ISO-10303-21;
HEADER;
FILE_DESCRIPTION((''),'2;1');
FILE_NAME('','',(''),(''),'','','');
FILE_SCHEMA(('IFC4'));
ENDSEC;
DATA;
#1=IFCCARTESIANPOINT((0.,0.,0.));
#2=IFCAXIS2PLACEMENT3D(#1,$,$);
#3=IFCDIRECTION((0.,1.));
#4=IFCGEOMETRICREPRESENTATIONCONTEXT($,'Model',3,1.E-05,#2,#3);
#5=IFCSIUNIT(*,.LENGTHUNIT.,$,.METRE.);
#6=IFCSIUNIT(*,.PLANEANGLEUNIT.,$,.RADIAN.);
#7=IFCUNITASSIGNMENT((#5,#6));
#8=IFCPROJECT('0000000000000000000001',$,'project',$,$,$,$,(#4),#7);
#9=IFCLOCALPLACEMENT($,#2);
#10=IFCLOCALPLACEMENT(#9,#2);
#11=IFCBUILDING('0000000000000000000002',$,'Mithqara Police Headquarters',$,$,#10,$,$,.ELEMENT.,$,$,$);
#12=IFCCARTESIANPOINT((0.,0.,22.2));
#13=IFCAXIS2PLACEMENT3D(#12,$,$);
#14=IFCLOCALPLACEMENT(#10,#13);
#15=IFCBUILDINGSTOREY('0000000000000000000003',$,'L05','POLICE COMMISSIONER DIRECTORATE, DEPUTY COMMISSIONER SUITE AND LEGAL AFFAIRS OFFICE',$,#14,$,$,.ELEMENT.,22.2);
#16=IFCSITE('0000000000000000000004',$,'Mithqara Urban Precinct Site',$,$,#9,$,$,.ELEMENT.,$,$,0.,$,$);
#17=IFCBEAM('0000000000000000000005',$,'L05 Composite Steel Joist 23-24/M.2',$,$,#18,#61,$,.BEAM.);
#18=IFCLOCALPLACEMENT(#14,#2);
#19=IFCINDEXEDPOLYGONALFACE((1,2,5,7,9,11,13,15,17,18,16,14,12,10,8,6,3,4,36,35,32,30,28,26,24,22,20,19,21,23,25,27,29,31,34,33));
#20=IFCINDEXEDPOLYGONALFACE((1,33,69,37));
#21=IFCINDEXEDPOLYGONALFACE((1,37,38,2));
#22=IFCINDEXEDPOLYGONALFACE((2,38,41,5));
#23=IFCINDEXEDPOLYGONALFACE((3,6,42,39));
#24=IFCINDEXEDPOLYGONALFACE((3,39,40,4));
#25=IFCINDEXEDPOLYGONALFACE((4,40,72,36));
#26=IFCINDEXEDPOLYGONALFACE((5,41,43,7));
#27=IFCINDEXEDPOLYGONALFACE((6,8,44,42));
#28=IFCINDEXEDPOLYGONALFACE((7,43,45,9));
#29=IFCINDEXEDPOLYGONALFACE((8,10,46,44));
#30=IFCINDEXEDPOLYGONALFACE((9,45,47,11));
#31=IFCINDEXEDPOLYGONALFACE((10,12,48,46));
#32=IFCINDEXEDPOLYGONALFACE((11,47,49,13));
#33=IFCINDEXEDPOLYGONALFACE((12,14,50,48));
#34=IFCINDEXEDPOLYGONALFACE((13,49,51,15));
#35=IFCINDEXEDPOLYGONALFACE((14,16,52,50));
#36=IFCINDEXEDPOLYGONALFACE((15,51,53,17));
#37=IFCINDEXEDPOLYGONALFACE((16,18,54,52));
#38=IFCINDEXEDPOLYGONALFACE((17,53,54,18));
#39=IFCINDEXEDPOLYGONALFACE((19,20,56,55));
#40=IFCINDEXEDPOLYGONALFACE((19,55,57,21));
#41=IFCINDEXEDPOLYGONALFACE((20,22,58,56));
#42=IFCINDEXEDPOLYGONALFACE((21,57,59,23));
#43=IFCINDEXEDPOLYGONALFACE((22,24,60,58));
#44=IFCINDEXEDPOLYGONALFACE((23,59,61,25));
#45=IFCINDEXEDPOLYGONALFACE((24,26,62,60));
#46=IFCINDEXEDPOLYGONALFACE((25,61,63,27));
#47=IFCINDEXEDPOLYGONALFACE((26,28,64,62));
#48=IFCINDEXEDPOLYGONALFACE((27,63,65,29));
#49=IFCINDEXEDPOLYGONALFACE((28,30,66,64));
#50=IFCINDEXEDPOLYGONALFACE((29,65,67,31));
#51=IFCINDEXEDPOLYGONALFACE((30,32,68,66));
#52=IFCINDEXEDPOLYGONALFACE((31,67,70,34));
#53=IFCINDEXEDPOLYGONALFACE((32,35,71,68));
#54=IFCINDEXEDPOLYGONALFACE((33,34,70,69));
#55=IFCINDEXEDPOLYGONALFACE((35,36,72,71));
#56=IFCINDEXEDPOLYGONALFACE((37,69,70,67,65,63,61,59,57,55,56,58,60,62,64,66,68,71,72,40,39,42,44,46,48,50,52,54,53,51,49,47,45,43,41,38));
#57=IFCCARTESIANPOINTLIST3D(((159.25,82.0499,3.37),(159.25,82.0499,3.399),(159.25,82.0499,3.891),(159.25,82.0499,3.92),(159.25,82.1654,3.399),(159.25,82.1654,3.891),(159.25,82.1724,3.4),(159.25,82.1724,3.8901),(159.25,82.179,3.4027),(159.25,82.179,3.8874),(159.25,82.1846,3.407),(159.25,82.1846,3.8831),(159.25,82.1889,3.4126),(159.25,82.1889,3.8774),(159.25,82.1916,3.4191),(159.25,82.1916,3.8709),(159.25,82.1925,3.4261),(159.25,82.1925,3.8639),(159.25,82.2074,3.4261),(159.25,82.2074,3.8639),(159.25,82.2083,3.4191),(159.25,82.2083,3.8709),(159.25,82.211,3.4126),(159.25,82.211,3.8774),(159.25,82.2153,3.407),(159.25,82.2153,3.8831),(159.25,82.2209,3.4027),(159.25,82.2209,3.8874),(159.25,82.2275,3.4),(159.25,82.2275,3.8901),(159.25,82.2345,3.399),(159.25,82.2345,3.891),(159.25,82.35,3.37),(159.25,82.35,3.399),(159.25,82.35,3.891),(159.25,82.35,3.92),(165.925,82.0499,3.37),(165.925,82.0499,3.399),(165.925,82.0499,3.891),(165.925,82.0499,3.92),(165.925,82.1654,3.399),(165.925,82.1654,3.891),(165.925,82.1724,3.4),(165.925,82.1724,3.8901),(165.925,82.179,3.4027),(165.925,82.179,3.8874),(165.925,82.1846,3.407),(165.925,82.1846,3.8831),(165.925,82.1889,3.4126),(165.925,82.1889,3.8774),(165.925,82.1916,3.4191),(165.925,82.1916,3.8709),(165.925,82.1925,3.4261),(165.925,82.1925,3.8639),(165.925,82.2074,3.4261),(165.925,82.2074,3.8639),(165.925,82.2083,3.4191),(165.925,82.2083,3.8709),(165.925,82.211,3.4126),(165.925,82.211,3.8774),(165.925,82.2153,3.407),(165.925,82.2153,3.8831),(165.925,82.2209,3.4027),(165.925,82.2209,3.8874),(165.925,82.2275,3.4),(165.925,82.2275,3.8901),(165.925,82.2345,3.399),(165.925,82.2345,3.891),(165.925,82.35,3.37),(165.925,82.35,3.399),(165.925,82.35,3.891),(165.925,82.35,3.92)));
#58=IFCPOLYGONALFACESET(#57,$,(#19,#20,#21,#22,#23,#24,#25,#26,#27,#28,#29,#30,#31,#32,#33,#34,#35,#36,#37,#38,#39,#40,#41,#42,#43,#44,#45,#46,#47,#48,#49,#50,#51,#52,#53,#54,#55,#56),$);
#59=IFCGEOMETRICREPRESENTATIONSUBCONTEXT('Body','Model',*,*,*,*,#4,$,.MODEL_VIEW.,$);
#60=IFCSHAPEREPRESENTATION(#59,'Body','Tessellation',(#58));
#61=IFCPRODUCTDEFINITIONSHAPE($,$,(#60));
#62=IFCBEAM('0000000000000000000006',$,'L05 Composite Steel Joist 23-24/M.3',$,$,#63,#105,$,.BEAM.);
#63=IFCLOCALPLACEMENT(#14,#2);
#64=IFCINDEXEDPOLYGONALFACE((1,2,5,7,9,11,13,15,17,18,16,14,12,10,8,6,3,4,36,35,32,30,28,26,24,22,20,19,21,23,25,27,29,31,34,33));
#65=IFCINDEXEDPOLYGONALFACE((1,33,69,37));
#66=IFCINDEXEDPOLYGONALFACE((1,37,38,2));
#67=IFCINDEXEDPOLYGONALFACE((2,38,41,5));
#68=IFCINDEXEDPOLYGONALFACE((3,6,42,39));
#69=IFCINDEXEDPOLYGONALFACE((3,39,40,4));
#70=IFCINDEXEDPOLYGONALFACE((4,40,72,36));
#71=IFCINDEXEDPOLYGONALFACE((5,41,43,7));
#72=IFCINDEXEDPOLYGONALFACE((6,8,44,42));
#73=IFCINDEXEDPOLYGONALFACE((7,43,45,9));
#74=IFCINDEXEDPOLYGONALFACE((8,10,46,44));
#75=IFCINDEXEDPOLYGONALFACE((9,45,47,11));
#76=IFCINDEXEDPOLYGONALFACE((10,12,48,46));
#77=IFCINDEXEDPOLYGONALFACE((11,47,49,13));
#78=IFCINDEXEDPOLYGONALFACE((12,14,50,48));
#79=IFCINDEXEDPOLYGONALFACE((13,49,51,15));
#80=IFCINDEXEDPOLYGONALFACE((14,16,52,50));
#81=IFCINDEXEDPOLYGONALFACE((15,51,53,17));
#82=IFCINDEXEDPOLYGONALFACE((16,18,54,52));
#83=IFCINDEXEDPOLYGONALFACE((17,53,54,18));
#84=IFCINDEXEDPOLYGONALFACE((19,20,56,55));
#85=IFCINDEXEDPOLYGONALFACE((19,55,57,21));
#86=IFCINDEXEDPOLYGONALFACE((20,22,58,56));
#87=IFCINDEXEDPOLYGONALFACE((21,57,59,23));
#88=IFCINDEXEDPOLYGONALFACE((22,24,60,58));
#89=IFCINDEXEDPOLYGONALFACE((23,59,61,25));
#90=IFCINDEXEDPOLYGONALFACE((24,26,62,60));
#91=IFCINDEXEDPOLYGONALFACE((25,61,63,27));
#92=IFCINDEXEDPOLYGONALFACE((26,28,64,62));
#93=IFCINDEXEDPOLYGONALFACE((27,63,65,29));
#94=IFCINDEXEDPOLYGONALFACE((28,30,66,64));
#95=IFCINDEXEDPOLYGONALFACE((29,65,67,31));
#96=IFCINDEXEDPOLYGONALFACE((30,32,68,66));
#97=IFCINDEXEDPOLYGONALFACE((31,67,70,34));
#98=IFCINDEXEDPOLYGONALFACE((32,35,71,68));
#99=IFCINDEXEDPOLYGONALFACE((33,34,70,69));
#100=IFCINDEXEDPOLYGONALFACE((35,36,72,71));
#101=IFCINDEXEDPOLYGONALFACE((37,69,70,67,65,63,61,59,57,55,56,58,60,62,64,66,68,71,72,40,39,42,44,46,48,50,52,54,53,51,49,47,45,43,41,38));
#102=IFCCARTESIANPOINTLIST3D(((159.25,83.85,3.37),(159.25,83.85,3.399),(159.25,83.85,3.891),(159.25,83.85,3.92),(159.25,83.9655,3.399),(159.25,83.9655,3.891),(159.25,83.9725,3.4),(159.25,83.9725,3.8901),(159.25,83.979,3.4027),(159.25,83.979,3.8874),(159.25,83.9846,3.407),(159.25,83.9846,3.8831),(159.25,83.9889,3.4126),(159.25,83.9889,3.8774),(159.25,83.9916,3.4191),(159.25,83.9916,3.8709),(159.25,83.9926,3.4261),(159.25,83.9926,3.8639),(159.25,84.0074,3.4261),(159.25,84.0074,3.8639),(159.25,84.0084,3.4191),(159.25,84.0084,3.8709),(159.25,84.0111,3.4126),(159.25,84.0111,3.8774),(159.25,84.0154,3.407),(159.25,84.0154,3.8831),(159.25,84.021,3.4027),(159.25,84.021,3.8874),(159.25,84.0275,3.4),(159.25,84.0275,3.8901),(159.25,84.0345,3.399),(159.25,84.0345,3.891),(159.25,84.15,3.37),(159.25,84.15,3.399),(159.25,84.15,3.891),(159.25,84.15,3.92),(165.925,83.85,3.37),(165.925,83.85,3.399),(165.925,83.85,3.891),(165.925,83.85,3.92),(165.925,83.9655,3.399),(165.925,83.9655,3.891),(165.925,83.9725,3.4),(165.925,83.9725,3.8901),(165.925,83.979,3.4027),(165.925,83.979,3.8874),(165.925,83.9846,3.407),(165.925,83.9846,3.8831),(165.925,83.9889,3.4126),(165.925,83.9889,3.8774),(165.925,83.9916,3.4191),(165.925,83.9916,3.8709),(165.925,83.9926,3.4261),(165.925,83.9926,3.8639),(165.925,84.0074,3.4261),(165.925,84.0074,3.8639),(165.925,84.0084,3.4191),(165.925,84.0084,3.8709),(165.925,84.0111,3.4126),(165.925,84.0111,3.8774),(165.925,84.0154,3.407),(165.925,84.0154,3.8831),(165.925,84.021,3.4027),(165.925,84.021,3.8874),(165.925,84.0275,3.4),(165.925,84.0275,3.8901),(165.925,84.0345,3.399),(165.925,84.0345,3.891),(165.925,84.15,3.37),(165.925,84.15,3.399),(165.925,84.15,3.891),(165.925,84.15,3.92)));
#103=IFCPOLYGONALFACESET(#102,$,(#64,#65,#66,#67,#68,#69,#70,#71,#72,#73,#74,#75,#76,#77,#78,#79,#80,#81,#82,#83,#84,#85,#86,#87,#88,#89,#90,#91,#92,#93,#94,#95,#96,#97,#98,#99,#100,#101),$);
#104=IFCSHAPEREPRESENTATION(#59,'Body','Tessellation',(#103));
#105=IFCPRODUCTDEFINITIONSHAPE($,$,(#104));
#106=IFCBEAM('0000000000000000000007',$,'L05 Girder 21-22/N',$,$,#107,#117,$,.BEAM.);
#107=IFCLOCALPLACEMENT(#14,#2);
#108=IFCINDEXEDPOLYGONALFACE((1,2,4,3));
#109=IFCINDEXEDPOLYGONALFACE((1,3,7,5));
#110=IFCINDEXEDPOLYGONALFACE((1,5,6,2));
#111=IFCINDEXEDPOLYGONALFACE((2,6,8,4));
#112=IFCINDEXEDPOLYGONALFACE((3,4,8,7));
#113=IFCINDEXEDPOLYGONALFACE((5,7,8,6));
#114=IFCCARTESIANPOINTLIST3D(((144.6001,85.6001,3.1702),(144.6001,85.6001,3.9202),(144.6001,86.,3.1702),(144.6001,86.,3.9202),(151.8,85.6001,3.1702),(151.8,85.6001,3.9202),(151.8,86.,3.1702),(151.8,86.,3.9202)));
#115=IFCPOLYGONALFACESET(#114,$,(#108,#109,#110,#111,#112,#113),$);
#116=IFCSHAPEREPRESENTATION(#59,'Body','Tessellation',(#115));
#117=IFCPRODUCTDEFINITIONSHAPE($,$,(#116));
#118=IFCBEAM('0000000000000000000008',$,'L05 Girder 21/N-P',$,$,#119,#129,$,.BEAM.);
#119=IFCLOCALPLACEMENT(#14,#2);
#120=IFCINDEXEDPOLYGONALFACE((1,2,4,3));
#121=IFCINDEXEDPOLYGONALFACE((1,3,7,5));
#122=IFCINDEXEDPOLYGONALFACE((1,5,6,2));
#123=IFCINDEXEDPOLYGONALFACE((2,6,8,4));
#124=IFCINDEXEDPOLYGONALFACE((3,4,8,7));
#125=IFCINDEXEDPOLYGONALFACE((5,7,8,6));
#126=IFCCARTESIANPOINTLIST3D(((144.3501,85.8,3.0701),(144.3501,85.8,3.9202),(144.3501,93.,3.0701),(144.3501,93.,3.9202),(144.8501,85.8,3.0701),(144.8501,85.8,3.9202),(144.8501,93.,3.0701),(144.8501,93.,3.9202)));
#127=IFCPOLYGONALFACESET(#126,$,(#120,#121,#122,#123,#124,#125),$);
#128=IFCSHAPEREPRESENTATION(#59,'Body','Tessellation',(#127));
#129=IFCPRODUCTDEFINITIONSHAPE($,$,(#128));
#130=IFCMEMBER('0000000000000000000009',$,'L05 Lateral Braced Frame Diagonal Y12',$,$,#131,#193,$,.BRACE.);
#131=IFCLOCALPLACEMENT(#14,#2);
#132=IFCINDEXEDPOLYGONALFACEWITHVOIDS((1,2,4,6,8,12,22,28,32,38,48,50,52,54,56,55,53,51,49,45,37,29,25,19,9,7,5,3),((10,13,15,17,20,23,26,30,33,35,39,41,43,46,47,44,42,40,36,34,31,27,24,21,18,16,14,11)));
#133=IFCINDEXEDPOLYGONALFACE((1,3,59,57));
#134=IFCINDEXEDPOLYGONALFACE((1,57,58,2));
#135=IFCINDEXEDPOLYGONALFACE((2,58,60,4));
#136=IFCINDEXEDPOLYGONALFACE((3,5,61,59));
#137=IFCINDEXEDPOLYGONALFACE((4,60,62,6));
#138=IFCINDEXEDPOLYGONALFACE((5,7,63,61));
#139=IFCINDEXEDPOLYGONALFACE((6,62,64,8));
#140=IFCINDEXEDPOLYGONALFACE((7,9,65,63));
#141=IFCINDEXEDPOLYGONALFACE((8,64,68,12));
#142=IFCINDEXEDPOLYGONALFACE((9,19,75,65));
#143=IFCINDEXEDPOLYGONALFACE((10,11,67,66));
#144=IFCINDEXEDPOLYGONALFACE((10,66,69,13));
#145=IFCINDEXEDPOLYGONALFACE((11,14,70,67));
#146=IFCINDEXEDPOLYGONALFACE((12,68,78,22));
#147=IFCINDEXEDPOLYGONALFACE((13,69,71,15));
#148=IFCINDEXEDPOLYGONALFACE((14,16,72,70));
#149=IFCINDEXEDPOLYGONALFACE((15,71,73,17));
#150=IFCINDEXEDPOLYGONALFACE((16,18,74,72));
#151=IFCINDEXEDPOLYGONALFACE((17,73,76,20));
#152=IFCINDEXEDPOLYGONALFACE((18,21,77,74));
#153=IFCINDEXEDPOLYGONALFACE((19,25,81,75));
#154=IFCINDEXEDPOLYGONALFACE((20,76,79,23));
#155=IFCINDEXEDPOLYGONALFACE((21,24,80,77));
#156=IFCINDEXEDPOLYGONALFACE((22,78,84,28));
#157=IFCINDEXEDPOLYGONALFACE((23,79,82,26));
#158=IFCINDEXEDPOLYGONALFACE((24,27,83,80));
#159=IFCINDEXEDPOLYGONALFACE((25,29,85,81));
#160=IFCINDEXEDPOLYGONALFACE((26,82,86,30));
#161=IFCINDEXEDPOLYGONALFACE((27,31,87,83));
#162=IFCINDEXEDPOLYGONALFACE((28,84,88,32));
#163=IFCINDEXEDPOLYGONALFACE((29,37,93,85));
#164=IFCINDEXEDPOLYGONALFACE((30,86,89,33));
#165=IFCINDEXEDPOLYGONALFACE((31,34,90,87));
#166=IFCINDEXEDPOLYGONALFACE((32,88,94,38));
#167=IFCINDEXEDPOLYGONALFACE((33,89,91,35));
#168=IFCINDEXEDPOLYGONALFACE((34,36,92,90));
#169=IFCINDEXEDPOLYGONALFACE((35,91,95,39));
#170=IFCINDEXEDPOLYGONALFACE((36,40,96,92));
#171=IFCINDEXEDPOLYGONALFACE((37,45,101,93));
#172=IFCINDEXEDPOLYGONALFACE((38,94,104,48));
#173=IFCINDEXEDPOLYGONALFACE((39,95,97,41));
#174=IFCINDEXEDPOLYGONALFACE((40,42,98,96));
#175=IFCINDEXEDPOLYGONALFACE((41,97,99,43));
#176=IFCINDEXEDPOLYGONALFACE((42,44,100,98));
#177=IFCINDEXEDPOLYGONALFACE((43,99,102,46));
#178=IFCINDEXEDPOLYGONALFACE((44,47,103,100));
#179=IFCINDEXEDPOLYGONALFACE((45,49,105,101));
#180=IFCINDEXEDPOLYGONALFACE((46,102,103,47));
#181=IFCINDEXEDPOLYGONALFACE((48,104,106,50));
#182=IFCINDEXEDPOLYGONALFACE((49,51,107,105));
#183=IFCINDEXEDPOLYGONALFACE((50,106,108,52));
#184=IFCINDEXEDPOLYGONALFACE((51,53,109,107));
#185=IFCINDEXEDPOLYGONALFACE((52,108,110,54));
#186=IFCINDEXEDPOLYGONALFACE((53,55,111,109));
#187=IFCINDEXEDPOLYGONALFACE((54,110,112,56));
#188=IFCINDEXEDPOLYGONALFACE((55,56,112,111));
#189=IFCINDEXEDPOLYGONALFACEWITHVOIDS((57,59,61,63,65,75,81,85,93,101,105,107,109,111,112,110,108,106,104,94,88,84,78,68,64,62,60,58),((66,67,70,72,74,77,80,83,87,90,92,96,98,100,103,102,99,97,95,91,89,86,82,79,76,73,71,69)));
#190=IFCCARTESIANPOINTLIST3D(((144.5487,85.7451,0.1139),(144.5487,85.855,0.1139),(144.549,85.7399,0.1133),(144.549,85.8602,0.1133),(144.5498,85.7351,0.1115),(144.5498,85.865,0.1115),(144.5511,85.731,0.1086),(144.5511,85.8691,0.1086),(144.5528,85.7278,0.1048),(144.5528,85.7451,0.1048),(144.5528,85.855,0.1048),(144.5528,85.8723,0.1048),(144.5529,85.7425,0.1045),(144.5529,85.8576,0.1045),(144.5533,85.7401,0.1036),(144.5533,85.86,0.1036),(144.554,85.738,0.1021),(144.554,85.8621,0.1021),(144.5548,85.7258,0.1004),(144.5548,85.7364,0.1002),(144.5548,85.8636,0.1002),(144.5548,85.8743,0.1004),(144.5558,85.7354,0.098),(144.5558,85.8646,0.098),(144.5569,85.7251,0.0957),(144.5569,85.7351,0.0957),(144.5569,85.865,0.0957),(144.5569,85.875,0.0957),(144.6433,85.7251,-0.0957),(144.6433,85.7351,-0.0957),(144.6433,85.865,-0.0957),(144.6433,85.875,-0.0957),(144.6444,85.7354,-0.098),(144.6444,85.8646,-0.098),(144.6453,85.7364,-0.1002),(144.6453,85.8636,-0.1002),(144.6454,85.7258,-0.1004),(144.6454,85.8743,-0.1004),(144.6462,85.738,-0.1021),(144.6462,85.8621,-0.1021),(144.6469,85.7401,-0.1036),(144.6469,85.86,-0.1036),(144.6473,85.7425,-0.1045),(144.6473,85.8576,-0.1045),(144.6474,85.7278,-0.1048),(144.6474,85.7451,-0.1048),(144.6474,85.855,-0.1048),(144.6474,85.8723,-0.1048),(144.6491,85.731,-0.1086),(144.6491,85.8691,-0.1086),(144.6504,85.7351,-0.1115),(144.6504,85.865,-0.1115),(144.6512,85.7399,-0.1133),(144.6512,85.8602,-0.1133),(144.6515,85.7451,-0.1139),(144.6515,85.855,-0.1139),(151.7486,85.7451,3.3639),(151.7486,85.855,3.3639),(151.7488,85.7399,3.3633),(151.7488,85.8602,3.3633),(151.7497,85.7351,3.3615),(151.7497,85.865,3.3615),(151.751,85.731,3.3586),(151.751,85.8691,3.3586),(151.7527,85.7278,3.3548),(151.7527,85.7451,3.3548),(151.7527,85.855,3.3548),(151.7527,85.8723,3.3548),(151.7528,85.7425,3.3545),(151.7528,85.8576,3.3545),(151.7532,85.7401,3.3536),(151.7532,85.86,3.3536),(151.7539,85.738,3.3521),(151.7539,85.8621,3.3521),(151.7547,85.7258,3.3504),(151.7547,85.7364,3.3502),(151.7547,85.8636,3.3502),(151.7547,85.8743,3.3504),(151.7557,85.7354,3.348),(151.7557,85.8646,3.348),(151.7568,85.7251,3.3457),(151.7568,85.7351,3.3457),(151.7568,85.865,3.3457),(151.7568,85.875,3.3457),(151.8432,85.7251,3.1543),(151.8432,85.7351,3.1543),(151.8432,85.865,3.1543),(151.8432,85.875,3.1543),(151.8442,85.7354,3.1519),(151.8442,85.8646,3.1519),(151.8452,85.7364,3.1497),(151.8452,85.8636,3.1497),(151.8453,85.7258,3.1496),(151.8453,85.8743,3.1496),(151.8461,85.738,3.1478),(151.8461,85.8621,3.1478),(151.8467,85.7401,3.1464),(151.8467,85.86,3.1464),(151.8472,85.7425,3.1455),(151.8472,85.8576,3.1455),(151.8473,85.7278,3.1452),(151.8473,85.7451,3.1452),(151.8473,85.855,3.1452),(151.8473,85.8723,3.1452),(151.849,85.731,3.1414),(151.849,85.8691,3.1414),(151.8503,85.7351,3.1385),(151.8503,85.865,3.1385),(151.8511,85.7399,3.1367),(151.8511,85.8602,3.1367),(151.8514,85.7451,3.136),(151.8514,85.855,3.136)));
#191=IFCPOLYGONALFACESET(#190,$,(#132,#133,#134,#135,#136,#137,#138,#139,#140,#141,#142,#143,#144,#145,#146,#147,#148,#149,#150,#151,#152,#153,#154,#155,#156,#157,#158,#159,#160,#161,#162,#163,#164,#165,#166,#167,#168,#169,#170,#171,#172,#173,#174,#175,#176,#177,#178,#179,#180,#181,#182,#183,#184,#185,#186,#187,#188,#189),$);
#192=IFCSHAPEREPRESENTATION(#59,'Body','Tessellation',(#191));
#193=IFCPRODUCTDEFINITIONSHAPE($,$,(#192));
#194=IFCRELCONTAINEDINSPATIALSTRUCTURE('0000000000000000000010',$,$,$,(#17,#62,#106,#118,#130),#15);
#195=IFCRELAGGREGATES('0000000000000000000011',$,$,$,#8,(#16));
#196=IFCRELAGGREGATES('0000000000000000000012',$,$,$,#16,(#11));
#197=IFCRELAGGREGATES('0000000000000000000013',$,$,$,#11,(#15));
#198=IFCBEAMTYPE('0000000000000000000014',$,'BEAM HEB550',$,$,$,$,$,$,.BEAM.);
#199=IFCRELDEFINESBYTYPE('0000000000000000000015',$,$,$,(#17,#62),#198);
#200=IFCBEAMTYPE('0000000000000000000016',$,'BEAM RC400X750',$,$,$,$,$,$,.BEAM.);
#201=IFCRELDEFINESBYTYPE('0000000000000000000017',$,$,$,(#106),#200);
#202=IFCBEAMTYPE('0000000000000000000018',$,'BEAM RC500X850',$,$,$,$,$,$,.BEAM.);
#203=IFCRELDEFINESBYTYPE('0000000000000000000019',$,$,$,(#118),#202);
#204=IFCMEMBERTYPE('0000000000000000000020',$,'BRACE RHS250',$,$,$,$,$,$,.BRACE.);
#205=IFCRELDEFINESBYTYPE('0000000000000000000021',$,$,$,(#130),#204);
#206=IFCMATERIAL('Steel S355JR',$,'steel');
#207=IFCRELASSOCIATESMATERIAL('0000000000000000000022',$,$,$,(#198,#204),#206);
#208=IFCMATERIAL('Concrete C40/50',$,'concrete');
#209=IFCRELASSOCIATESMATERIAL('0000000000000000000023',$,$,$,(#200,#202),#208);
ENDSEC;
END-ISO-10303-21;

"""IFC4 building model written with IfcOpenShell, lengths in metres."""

from ifc_helpers import new_model, si_unit, direction, frame, origin, origin_2d, place, context, subcontext, project, spatial, rectangle, hollow_rectangle, i_section, extrude, material, material_profile, profile_set, type_object, element, save


model = new_model("IFC4")

# Units and contexts
model_context = context("Model", 3, precision=1e-05, world=origin(), true_north=direction((0.0, 1.0)))
body_context = subcontext(model_context, "Body", "Model", "MODEL_VIEW")
ifc_project = project(units=[si_unit("LENGTHUNIT", "METRE"), si_unit("PLANEANGLEUNIT", "RADIAN")], contexts=[model_context])

# Site, building, storey
site_placement = place(None, origin())
site = spatial("IfcSite", under=ifc_project, at=site_placement, Name="Mithqara Urban Precinct Site", CompositionType="ELEMENT", RefElevation=0.0)
building_placement = place(site_placement, origin())
building = spatial("IfcBuilding", under=site, at=building_placement, Name="Mithqara Police Headquarters", CompositionType="ELEMENT")
storey_placement = place(building_placement, frame((0.0, 0.0, 22.2)))
storey = spatial("IfcBuildingStorey", under=building, at=storey_placement, Name="L05", Description="POLICE COMMISSIONER DIRECTORATE, DEPUTY COMMISSIONER SUITE AND LEGAL AFFAIRS OFFICE", CompositionType="ELEMENT", Elevation=22.2)

# Beams
ifc_material_1 = material(Name="Steel S355JR", Category="steel")
ifc_material_profile_1 = material_profile(ifc_material_1, i_section(OverallWidth=0.3, OverallDepth=0.55, WebThickness=0.0149, FlangeThickness=0.0291, FilletRadius=0.0271, at=origin_2d()), Name="HEB 550")
ifc_profile_set_1 = profile_set([ifc_material_profile_1], Name="Steel S355JR")
beam_type_1 = type_object("IfcBeamType", Name="BEAM HEB550", PredefinedType="BEAM", material=ifc_profile_set_1)
for number, where, z_axis, x_axis, name in (
    (1, (159.25, 82.2, 3.645), (1.0, 0.0, 0.0), (0.0, 1.0, 0.0), "L05 Composite Steel Joist 23-24/M.2"),
    (2, (159.25, 84.0, 3.645), (1.0, 0.0, 0.0), (0.0, 1.0, 0.0), "L05 Composite Steel Joist 23-24/M.3"),
):
    element("IfcBeam", number, at=place(storey_placement, frame(where, z_axis=z_axis, x_axis=x_axis)), inside=storey, type_object=beam_type_1, Name=name, PredefinedType="BEAM", context=body_context, shape_type="SweptSolid", body=[
        extrude(i_section(OverallWidth=0.3, OverallDepth=0.55, WebThickness=0.0149, FlangeThickness=0.0291, FilletRadius=0.0271, at=origin_2d()), origin(), (0.0, 0.0, 1.0), 6.675),
    ])
ifc_material_2 = material(Name="Concrete C40/50", Category="concrete")
ifc_material_profile_2 = material_profile(ifc_material_2, rectangle(XDim=0.3999, YDim=0.75, at=origin_2d()), Name="RC 400x750")
ifc_profile_set_2 = profile_set([ifc_material_profile_2], Name="Concrete C40/50")
beam_type_2 = type_object("IfcBeamType", Name="BEAM RC400X750", PredefinedType="BEAM", material=ifc_profile_set_2)
beam_1_placement = place(storey_placement, frame((144.6001, 85.8, 3.5452), z_axis=(1.0, 0.0, 0.0), x_axis=(0.0, 1.0, 0.0)))
element("IfcBeam", 3, at=beam_1_placement, inside=storey, type_object=beam_type_2, Name="L05 Girder 21-22/N", PredefinedType="BEAM", context=body_context, shape_type="SweptSolid", body=[
    extrude(rectangle(XDim=0.3999, YDim=0.75, at=origin_2d()), origin(), (0.0, 0.0, 1.0), 7.2),
])
ifc_material_profile_3 = material_profile(ifc_material_2, rectangle(XDim=0.5, YDim=0.8501, at=origin_2d()), Name="RC 500x850")
ifc_profile_set_3 = profile_set([ifc_material_profile_3], Name="Concrete C40/50")
beam_type_3 = type_object("IfcBeamType", Name="BEAM RC500X850", PredefinedType="BEAM", material=ifc_profile_set_3)
beam_2_placement = place(storey_placement, frame((144.6001, 85.8, 3.4951), z_axis=(0.0, 1.0, 0.0), x_axis=(-1.0, 0.0, 0.0)))
element("IfcBeam", 4, at=beam_2_placement, inside=storey, type_object=beam_type_3, Name="L05 Girder 21/N-P", PredefinedType="BEAM", context=body_context, shape_type="SweptSolid", body=[
    extrude(rectangle(XDim=0.5, YDim=0.8501, at=origin_2d()), origin(), (0.0, 0.0, 1.0), 7.2),
])

# Member
ifc_material_profile_4 = material_profile(ifc_material_1, hollow_rectangle(XDim=0.1499, YDim=0.25, WallThickness=0.01, InnerFilletRadius=0.01, OuterFilletRadius=0.02, at=origin_2d()), Name="RHS 250x150x10.0")
ifc_profile_set_4 = profile_set([ifc_material_profile_4], Name="Steel S355JR")
member_type = type_object("IfcMemberType", Name="BRACE RHS250", PredefinedType="BRACE", material=ifc_profile_set_4)
member_placement = place(storey_placement, frame((144.6001, 85.8, 0.0), z_axis=(0.911446, 0.0, 0.411419), x_axis=(0.0, 1.0, 0.0)))
element("IfcMember", 5, at=member_placement, inside=storey, type_object=member_type, Name="L05 Lateral Braced Frame Diagonal Y12", PredefinedType="BRACE", context=body_context, shape_type="SweptSolid", body=[
    extrude(hollow_rectangle(XDim=0.1499, YDim=0.25, WallThickness=0.01, InnerFilletRadius=0.01, OuterFilletRadius=0.02, at=origin_2d()), origin(), (0.0, 0.0, 1.0), 7.8994),
])

save(model, "model.ifc")
